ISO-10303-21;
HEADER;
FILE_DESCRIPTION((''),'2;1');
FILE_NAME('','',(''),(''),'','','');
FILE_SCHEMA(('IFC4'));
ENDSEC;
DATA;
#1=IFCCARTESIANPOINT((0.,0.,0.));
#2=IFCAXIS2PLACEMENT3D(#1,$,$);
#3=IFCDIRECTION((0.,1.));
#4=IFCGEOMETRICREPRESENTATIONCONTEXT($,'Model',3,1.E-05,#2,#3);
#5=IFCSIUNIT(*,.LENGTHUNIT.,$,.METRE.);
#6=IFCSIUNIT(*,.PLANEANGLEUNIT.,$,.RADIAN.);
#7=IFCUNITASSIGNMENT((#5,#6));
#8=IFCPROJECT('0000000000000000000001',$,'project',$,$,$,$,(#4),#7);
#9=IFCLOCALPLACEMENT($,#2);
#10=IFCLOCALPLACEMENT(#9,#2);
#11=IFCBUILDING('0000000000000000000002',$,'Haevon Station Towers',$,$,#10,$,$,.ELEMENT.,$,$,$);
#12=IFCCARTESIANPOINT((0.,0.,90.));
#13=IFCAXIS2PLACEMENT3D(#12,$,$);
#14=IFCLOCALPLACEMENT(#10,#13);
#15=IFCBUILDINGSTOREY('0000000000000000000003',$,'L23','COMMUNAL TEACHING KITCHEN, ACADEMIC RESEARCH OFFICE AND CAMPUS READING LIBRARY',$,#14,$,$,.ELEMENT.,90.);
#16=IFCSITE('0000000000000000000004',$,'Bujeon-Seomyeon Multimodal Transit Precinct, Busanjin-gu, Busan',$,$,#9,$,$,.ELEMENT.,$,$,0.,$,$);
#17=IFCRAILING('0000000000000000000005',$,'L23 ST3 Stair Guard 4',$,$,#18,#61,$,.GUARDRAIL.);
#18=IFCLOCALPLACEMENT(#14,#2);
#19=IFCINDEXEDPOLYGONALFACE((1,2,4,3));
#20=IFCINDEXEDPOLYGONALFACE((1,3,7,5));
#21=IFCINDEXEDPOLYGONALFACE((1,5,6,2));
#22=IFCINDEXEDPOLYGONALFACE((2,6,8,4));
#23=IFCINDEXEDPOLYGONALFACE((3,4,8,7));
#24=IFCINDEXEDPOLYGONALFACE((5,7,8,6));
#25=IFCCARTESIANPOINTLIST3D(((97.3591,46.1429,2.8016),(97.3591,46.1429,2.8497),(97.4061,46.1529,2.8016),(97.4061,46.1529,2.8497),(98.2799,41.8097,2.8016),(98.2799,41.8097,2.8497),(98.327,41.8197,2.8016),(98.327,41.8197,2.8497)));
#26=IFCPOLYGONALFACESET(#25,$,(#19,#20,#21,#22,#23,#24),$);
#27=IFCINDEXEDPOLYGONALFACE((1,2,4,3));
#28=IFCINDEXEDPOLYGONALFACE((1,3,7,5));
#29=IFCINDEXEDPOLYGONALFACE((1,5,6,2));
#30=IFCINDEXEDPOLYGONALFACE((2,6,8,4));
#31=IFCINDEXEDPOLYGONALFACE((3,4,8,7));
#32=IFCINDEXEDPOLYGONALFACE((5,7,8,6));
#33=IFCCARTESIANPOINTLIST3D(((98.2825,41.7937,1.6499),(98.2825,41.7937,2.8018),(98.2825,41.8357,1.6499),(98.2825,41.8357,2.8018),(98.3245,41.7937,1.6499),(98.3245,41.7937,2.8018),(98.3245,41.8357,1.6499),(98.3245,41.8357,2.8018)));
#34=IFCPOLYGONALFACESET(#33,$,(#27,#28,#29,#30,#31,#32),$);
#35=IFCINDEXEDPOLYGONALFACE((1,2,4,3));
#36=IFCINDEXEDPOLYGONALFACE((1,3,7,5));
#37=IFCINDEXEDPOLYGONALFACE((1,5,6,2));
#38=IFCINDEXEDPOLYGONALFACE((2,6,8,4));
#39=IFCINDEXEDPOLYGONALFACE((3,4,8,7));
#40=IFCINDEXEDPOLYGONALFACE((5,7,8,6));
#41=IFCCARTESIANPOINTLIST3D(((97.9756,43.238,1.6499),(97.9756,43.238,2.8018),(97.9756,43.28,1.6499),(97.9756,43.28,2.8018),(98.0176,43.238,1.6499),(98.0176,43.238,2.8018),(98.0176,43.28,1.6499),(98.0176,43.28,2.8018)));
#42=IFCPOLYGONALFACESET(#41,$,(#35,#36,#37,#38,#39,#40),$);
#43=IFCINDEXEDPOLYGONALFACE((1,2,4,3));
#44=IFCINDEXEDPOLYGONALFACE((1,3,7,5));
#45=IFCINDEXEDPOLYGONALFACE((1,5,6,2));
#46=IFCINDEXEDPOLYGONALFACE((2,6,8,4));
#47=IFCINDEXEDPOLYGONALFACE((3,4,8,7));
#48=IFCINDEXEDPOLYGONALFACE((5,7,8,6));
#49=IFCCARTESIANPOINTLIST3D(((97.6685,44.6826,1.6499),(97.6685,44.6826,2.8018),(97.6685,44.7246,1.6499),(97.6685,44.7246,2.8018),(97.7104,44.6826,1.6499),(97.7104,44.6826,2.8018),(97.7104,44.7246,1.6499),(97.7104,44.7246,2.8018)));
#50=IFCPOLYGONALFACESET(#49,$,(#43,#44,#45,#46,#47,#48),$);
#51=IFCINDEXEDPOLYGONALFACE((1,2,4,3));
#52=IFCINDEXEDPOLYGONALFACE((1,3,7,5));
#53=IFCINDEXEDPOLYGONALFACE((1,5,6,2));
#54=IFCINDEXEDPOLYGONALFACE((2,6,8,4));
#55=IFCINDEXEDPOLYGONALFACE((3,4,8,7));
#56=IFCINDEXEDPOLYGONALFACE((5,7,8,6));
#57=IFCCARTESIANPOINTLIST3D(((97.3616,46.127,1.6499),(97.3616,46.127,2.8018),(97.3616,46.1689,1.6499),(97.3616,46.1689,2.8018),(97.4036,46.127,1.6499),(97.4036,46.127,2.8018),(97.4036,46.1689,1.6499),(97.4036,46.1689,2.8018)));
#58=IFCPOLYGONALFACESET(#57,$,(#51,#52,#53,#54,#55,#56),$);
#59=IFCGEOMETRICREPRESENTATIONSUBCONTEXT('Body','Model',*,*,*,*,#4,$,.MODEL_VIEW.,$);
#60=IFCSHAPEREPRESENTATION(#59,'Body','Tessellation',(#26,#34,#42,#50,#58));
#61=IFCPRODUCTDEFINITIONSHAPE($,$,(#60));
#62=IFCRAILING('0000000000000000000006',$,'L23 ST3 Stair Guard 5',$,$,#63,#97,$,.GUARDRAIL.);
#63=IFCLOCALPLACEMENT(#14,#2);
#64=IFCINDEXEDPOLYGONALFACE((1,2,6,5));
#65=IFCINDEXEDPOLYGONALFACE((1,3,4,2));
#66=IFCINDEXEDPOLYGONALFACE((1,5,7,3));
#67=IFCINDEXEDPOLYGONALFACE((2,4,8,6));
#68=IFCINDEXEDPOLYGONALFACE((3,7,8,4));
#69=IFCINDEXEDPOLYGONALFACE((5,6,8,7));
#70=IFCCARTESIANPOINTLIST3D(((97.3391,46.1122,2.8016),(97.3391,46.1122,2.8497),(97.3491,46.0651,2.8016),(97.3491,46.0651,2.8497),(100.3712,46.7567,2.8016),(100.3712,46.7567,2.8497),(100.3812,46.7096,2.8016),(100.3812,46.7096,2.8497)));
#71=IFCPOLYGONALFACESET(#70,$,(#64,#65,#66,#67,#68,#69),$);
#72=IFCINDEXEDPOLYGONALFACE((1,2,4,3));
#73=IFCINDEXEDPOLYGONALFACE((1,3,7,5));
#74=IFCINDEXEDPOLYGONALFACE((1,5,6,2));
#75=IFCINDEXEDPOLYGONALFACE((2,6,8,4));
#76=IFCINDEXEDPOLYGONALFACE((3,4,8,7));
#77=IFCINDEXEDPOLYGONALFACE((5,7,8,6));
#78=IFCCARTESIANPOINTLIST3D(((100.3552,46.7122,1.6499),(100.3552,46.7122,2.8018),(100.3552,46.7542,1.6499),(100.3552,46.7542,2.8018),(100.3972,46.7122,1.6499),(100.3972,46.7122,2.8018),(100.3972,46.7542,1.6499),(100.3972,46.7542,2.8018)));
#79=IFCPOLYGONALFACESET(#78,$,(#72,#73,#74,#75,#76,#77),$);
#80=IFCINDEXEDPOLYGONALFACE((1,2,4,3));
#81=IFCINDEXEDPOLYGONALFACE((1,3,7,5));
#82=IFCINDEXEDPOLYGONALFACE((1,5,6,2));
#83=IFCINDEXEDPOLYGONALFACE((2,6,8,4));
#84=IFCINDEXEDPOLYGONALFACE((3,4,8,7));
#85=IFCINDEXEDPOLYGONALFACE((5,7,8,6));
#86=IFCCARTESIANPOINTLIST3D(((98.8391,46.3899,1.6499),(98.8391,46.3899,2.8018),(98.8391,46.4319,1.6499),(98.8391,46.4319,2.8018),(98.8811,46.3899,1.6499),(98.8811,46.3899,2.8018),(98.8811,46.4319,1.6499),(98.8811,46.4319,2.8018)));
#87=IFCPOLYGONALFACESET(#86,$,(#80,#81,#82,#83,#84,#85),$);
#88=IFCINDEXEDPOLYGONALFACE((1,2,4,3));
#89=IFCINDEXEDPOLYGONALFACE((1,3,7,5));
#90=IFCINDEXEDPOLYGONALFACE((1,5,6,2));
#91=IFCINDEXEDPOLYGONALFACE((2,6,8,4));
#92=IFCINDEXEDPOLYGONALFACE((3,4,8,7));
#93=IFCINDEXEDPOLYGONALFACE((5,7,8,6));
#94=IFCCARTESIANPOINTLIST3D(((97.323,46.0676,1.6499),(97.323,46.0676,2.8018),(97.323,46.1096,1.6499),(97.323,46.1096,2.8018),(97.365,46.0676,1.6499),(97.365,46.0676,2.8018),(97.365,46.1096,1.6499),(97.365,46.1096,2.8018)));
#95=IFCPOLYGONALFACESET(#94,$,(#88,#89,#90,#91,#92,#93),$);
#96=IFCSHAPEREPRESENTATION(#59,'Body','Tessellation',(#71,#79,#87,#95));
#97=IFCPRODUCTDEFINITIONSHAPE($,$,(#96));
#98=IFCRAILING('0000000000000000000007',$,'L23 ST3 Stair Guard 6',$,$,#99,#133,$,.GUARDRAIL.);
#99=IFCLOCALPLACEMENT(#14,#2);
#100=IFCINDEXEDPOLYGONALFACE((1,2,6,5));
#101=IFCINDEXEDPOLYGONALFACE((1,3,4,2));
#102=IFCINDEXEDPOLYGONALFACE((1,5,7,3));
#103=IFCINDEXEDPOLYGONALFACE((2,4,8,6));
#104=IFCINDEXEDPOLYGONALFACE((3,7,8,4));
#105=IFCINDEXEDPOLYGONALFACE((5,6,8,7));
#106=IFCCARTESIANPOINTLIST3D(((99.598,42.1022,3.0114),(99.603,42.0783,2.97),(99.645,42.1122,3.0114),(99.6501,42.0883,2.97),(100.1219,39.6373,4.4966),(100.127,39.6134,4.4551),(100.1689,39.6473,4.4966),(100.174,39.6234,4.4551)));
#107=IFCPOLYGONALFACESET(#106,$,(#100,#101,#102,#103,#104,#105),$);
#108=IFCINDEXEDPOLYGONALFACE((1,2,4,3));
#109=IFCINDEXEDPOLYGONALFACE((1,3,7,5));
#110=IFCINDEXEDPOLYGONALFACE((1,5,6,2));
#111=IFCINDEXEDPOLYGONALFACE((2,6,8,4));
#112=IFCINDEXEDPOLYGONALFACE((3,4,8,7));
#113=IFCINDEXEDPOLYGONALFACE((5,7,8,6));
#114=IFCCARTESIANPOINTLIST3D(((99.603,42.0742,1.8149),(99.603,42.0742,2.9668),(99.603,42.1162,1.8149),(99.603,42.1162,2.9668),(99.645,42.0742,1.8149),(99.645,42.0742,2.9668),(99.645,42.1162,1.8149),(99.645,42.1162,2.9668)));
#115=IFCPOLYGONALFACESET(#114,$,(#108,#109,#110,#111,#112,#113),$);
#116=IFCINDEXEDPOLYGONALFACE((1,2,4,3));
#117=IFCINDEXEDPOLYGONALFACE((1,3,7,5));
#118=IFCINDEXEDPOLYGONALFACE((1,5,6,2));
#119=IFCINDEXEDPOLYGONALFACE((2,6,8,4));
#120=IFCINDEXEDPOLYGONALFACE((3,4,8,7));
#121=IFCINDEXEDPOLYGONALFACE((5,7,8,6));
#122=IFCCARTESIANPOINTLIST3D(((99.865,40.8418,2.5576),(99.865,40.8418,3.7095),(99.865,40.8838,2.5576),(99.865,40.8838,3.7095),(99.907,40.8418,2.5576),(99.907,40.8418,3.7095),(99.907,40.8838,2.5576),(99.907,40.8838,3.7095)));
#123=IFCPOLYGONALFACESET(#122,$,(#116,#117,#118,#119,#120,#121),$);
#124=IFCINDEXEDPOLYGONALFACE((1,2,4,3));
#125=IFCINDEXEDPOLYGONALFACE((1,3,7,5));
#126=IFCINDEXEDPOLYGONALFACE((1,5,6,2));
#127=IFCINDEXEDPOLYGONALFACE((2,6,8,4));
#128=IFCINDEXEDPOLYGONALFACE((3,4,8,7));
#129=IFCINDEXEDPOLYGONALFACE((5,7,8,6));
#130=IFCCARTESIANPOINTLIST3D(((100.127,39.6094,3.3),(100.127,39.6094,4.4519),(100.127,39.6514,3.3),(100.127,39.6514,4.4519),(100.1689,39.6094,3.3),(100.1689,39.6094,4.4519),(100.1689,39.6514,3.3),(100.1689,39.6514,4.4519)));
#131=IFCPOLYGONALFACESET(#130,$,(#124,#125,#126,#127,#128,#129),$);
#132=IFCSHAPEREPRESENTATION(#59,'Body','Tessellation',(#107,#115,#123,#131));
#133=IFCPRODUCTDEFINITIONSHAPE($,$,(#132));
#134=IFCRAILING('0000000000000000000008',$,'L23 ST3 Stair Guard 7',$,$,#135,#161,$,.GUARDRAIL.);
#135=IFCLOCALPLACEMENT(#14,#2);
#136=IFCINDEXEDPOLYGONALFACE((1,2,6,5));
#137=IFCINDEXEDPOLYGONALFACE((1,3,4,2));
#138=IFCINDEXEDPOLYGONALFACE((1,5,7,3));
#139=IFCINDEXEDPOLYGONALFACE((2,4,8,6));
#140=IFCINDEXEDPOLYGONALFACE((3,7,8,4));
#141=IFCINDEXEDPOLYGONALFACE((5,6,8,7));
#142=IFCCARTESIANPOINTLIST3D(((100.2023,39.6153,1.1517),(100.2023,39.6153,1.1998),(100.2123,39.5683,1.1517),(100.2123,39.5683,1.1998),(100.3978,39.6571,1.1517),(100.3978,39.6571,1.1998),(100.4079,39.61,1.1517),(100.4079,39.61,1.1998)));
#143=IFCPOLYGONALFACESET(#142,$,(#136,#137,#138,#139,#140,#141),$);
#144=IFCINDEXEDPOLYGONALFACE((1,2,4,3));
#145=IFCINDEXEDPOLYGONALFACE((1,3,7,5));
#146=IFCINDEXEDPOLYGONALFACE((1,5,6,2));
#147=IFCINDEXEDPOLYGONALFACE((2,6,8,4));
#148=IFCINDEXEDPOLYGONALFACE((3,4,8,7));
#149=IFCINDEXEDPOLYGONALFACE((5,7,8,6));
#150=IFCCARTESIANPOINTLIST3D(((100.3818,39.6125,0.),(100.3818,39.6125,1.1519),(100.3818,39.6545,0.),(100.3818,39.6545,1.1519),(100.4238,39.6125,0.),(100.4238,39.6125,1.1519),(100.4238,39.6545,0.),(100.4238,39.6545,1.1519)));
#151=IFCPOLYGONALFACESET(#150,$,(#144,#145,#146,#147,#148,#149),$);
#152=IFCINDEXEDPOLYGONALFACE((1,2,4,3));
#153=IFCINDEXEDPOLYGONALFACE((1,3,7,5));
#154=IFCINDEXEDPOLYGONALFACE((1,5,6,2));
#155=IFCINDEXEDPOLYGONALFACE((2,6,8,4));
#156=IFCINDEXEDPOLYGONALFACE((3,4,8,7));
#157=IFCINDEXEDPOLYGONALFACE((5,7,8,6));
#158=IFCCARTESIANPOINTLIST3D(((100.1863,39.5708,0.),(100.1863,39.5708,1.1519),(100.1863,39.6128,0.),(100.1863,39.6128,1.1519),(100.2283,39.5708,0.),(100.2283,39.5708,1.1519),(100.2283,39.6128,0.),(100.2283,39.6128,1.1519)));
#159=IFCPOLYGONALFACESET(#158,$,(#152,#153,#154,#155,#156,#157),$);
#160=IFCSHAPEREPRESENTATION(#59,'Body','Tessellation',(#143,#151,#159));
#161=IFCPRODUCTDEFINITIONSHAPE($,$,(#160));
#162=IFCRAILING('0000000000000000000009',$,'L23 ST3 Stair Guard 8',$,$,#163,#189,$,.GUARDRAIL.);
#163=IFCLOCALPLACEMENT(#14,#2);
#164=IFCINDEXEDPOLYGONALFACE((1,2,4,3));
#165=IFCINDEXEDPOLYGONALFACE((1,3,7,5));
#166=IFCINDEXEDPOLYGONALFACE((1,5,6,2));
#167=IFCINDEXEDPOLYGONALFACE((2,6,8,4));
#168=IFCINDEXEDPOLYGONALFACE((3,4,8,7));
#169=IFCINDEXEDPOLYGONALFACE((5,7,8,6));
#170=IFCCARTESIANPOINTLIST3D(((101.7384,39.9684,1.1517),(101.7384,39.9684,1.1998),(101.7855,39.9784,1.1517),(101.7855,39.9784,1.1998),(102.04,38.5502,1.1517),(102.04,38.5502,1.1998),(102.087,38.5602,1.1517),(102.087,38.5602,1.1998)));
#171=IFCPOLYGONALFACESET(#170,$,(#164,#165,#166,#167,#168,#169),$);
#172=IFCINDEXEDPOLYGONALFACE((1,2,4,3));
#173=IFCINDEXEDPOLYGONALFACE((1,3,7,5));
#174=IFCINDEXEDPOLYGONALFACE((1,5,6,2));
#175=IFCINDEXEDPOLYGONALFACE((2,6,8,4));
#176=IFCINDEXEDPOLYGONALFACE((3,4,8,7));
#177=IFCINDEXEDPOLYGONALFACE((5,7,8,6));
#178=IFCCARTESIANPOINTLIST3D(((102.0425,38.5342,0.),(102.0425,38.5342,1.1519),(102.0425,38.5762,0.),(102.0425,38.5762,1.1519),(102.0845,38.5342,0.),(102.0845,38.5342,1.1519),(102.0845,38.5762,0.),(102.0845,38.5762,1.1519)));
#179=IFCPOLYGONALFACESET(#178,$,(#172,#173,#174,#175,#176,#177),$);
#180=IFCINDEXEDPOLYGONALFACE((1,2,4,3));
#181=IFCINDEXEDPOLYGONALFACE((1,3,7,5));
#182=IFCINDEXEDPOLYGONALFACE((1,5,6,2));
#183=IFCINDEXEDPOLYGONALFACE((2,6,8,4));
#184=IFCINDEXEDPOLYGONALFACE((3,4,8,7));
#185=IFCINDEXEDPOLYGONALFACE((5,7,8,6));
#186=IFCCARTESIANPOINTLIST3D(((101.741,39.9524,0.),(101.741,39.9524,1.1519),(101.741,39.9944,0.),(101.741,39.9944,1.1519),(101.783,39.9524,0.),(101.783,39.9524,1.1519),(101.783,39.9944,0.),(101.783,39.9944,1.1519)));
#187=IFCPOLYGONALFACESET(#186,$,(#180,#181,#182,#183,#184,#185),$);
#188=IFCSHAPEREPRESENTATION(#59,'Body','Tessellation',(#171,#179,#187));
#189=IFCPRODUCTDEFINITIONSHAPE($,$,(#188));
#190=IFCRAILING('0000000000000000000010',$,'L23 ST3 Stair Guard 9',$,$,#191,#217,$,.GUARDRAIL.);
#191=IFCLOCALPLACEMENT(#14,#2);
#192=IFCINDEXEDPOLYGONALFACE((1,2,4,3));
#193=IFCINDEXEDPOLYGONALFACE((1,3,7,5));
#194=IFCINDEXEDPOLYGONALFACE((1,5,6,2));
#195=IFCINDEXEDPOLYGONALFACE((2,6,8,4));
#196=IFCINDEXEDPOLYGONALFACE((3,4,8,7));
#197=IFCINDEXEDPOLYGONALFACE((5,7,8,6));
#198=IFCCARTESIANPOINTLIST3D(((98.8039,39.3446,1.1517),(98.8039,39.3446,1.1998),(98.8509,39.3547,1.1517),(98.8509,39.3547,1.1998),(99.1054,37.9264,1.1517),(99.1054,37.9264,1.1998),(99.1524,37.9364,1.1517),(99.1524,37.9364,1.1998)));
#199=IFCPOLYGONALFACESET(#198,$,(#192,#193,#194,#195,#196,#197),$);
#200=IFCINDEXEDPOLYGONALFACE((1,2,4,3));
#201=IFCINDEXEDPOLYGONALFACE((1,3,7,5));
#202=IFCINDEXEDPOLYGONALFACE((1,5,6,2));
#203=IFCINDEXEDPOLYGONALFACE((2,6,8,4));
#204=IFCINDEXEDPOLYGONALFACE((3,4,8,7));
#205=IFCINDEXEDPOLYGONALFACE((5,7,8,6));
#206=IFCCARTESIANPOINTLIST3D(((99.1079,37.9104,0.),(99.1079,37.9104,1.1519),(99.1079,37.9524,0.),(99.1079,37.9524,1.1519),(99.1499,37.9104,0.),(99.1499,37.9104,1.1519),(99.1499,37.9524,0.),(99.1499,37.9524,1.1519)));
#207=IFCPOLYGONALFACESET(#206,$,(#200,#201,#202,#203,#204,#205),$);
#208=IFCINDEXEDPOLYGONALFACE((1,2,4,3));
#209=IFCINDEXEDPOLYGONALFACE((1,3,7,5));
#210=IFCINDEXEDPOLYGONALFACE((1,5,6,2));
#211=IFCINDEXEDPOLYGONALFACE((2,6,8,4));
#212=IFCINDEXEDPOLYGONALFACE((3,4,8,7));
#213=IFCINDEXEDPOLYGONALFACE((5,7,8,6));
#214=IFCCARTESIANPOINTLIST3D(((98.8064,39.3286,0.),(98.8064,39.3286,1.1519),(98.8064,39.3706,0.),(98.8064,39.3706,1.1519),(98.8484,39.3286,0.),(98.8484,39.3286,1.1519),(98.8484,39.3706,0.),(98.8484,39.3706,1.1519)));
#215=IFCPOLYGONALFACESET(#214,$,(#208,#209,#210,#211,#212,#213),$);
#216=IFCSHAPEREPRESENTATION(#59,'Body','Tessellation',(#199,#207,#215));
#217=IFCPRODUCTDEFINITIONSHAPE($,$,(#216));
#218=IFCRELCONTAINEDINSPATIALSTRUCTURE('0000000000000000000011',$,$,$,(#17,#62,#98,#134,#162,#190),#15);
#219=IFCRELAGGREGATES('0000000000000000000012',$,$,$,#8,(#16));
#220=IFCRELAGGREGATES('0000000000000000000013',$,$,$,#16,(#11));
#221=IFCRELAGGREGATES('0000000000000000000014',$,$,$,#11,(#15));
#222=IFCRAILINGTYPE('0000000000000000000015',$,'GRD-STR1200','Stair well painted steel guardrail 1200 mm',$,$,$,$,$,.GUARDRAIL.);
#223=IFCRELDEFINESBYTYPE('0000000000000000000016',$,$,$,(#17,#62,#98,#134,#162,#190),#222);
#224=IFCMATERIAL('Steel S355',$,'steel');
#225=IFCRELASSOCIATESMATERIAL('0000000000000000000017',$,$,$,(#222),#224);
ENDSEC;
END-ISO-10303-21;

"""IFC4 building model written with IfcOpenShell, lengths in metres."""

from ifc_helpers import new_model, si_unit, direction, frame, origin, origin_2d, place, context, subcontext, project, spatial, rectangle, extrude, material, type_object, element, save


model = new_model("IFC4")

# Units and contexts
model_context = context("Model", 3, precision=1e-05, world=origin(), true_north=direction((0.0, 1.0)))
body_context = subcontext(model_context, "Body", "Model", "MODEL_VIEW")
ifc_project = project(units=[si_unit("LENGTHUNIT", "METRE"), si_unit("PLANEANGLEUNIT", "RADIAN")], contexts=[model_context])

# Site, building, storey
site_placement = place(None, origin())
site = spatial("IfcSite", under=ifc_project, at=site_placement, Name="Bujeon-Seomyeon Multimodal Transit Precinct, Busanjin-gu, Busan", CompositionType="ELEMENT", RefElevation=0.0)
building_placement = place(site_placement, origin())
building = spatial("IfcBuilding", under=site, at=building_placement, Name="Haevon Station Towers", CompositionType="ELEMENT")
storey_placement = place(building_placement, frame((0.0, 0.0, 90.0)))
storey = spatial("IfcBuildingStorey", under=building, at=storey_placement, Name="L23", Description="COMMUNAL TEACHING KITCHEN, ACADEMIC RESEARCH OFFICE AND CAMPUS READING LIBRARY", CompositionType="ELEMENT", Elevation=90.0)

# Railings
ifc_material_1 = material(Name="Steel S355", Category="steel")
railing_type_1 = type_object("IfcRailingType", Name="GRD-STR1200", Description="Stair well painted steel guardrail 1200 mm", PredefinedType="GUARDRAIL", material=ifc_material_1)
railing_1_placement = place(storey_placement, frame((98.3035, 41.8147, 1.6499)))
element("IfcRailing", 1, at=railing_1_placement, inside=storey, type_object=railing_type_1, Name="L23 ST3 Stair Guard 4", PredefinedType="GUARDRAIL", context=body_context, shape_type="SweptSolid", body=[
    extrude(rectangle(XDim=0.0481, YDim=0.0481, at=origin_2d()), frame((0.0, 0.0, 1.1758), z_axis=(-0.207877, 0.978155, 0.0), x_axis=(-0.978155, -0.207877, 0.0)), (0.0, 0.0, 1.0), 4.4299),
    extrude(rectangle(XDim=0.042, YDim=0.042, at=origin_2d()), origin(), (0.0, 0.0, 1.0), 1.1519),
    extrude(rectangle(XDim=0.042, YDim=0.042, at=origin_2d()), frame((-0.3069, 1.4443, 0.0)), (0.0, 0.0, 1.0), 1.1519),
    extrude(rectangle(XDim=0.042, YDim=0.042, at=origin_2d()), frame((-0.614, 2.8889, 0.0)), (0.0, 0.0, 1.0), 1.1519),
    extrude(rectangle(XDim=0.042, YDim=0.042, at=origin_2d()), frame((-0.9209, 4.3333, 0.0)), (0.0, 0.0, 1.0), 1.1519),
])
railing_2_placement = place(storey_placement, frame((100.3762, 46.7332, 1.6499)))
element("IfcRailing", 2, at=railing_2_placement, inside=storey, type_object=railing_type_1, Name="L23 ST3 Stair Guard 5", PredefinedType="GUARDRAIL", context=body_context, shape_type="SweptSolid", body=[
    extrude(rectangle(XDim=0.0481, YDim=0.0481, at=origin_2d()), frame((0.0, 0.0, 1.1758), z_axis=(-0.978147, -0.207915, 0.0), x_axis=(0.207915, -0.978147, 0.0)), (0.0, 0.0, 1.0), 3.0999),
    extrude(rectangle(XDim=0.042, YDim=0.042, at=origin_2d()), origin(), (0.0, 0.0, 1.0), 1.1519),
    extrude(rectangle(XDim=0.042, YDim=0.042, at=origin_2d()), frame((-1.5161, -0.3223, 0.0)), (0.0, 0.0, 1.0), 1.1519),
    extrude(rectangle(XDim=0.042, YDim=0.042, at=origin_2d()), frame((-3.0322, -0.6445, 0.0)), (0.0, 0.0, 1.0), 1.1519),
])
railing_3_placement = place(storey_placement, frame((99.624, 42.0952, 1.8149)))
element("IfcRailing", 3, at=railing_3_placement, inside=storey, type_object=railing_type_1, Name="L23 ST3 Stair Guard 6", PredefinedType="GUARDRAIL", context=body_context, shape_type="SweptSolid", body=[
    extrude(rectangle(XDim=0.0481, YDim=0.0481, at=origin_2d()), frame((0.0, 0.0, 1.1758), z_axis=(0.179121, -0.842688, 0.507733), x_axis=(0.978147, 0.207914, 0.0)), (0.0, 0.0, 1.0), 2.925),
    extrude(rectangle(XDim=0.042, YDim=0.042, at=origin_2d()), origin(), (0.0, 0.0, 1.0), 1.1519),
    extrude(rectangle(XDim=0.042, YDim=0.042, at=origin_2d()), frame((0.262, -1.2324, 0.7427)), (0.0, 0.0, 1.0), 1.1519),
    extrude(rectangle(XDim=0.042, YDim=0.042, at=origin_2d()), frame((0.5239, -2.4648, 1.4851)), (0.0, 0.0, 1.0), 1.1519),
])
railing_4_placement = place(storey_placement, frame((100.4028, 39.6335, 0.0)))
element("IfcRailing", 4, at=railing_4_placement, inside=storey, type_object=railing_type_1, Name="L23 ST3 Stair Guard 7", PredefinedType="GUARDRAIL", context=body_context, shape_type="SweptSolid", body=[
    extrude(rectangle(XDim=0.0481, YDim=0.0481, at=origin_2d()), frame((0.0, 0.0, 1.1758), z_axis=(-0.977963, -0.208779, 0.0), x_axis=(0.208779, -0.977963, 0.0)), (0.0, 0.0, 1.0), 0.2),
    extrude(rectangle(XDim=0.042, YDim=0.042, at=origin_2d()), origin(), (0.0, 0.0, 1.0), 1.1519),
    extrude(rectangle(XDim=0.042, YDim=0.042, at=origin_2d()), frame((-0.1956, -0.0417, 0.0)), (0.0, 0.0, 1.0), 1.1519),
])
for number, where, name in (
    (5, (102.0635, 38.5552, 0.0), "L23 ST3 Stair Guard 8"),
    (6, (99.1289, 37.9314, 0.0), "L23 ST3 Stair Guard 9"),
):
    element("IfcRailing", number, at=place(storey_placement, frame(where)), inside=storey, type_object=railing_type_1, Name=name, PredefinedType="GUARDRAIL", context=body_context, shape_type="SweptSolid", body=[
        extrude(rectangle(XDim=0.0481, YDim=0.0481, at=origin_2d()), frame((0.0, 0.0, 1.1758), z_axis=(-0.207953, 0.978139, 0.0), x_axis=(-0.978139, -0.207953, 0.0)), (0.0, 0.0, 1.0), 1.45),
        extrude(rectangle(XDim=0.042, YDim=0.042, at=origin_2d()), origin(), (0.0, 0.0, 1.0), 1.1519),
        extrude(rectangle(XDim=0.042, YDim=0.042, at=origin_2d()), frame((-0.3015, 1.4182, 0.0)), (0.0, 0.0, 1.0), 1.1519),
    ])

save(model, "model.ifc")
